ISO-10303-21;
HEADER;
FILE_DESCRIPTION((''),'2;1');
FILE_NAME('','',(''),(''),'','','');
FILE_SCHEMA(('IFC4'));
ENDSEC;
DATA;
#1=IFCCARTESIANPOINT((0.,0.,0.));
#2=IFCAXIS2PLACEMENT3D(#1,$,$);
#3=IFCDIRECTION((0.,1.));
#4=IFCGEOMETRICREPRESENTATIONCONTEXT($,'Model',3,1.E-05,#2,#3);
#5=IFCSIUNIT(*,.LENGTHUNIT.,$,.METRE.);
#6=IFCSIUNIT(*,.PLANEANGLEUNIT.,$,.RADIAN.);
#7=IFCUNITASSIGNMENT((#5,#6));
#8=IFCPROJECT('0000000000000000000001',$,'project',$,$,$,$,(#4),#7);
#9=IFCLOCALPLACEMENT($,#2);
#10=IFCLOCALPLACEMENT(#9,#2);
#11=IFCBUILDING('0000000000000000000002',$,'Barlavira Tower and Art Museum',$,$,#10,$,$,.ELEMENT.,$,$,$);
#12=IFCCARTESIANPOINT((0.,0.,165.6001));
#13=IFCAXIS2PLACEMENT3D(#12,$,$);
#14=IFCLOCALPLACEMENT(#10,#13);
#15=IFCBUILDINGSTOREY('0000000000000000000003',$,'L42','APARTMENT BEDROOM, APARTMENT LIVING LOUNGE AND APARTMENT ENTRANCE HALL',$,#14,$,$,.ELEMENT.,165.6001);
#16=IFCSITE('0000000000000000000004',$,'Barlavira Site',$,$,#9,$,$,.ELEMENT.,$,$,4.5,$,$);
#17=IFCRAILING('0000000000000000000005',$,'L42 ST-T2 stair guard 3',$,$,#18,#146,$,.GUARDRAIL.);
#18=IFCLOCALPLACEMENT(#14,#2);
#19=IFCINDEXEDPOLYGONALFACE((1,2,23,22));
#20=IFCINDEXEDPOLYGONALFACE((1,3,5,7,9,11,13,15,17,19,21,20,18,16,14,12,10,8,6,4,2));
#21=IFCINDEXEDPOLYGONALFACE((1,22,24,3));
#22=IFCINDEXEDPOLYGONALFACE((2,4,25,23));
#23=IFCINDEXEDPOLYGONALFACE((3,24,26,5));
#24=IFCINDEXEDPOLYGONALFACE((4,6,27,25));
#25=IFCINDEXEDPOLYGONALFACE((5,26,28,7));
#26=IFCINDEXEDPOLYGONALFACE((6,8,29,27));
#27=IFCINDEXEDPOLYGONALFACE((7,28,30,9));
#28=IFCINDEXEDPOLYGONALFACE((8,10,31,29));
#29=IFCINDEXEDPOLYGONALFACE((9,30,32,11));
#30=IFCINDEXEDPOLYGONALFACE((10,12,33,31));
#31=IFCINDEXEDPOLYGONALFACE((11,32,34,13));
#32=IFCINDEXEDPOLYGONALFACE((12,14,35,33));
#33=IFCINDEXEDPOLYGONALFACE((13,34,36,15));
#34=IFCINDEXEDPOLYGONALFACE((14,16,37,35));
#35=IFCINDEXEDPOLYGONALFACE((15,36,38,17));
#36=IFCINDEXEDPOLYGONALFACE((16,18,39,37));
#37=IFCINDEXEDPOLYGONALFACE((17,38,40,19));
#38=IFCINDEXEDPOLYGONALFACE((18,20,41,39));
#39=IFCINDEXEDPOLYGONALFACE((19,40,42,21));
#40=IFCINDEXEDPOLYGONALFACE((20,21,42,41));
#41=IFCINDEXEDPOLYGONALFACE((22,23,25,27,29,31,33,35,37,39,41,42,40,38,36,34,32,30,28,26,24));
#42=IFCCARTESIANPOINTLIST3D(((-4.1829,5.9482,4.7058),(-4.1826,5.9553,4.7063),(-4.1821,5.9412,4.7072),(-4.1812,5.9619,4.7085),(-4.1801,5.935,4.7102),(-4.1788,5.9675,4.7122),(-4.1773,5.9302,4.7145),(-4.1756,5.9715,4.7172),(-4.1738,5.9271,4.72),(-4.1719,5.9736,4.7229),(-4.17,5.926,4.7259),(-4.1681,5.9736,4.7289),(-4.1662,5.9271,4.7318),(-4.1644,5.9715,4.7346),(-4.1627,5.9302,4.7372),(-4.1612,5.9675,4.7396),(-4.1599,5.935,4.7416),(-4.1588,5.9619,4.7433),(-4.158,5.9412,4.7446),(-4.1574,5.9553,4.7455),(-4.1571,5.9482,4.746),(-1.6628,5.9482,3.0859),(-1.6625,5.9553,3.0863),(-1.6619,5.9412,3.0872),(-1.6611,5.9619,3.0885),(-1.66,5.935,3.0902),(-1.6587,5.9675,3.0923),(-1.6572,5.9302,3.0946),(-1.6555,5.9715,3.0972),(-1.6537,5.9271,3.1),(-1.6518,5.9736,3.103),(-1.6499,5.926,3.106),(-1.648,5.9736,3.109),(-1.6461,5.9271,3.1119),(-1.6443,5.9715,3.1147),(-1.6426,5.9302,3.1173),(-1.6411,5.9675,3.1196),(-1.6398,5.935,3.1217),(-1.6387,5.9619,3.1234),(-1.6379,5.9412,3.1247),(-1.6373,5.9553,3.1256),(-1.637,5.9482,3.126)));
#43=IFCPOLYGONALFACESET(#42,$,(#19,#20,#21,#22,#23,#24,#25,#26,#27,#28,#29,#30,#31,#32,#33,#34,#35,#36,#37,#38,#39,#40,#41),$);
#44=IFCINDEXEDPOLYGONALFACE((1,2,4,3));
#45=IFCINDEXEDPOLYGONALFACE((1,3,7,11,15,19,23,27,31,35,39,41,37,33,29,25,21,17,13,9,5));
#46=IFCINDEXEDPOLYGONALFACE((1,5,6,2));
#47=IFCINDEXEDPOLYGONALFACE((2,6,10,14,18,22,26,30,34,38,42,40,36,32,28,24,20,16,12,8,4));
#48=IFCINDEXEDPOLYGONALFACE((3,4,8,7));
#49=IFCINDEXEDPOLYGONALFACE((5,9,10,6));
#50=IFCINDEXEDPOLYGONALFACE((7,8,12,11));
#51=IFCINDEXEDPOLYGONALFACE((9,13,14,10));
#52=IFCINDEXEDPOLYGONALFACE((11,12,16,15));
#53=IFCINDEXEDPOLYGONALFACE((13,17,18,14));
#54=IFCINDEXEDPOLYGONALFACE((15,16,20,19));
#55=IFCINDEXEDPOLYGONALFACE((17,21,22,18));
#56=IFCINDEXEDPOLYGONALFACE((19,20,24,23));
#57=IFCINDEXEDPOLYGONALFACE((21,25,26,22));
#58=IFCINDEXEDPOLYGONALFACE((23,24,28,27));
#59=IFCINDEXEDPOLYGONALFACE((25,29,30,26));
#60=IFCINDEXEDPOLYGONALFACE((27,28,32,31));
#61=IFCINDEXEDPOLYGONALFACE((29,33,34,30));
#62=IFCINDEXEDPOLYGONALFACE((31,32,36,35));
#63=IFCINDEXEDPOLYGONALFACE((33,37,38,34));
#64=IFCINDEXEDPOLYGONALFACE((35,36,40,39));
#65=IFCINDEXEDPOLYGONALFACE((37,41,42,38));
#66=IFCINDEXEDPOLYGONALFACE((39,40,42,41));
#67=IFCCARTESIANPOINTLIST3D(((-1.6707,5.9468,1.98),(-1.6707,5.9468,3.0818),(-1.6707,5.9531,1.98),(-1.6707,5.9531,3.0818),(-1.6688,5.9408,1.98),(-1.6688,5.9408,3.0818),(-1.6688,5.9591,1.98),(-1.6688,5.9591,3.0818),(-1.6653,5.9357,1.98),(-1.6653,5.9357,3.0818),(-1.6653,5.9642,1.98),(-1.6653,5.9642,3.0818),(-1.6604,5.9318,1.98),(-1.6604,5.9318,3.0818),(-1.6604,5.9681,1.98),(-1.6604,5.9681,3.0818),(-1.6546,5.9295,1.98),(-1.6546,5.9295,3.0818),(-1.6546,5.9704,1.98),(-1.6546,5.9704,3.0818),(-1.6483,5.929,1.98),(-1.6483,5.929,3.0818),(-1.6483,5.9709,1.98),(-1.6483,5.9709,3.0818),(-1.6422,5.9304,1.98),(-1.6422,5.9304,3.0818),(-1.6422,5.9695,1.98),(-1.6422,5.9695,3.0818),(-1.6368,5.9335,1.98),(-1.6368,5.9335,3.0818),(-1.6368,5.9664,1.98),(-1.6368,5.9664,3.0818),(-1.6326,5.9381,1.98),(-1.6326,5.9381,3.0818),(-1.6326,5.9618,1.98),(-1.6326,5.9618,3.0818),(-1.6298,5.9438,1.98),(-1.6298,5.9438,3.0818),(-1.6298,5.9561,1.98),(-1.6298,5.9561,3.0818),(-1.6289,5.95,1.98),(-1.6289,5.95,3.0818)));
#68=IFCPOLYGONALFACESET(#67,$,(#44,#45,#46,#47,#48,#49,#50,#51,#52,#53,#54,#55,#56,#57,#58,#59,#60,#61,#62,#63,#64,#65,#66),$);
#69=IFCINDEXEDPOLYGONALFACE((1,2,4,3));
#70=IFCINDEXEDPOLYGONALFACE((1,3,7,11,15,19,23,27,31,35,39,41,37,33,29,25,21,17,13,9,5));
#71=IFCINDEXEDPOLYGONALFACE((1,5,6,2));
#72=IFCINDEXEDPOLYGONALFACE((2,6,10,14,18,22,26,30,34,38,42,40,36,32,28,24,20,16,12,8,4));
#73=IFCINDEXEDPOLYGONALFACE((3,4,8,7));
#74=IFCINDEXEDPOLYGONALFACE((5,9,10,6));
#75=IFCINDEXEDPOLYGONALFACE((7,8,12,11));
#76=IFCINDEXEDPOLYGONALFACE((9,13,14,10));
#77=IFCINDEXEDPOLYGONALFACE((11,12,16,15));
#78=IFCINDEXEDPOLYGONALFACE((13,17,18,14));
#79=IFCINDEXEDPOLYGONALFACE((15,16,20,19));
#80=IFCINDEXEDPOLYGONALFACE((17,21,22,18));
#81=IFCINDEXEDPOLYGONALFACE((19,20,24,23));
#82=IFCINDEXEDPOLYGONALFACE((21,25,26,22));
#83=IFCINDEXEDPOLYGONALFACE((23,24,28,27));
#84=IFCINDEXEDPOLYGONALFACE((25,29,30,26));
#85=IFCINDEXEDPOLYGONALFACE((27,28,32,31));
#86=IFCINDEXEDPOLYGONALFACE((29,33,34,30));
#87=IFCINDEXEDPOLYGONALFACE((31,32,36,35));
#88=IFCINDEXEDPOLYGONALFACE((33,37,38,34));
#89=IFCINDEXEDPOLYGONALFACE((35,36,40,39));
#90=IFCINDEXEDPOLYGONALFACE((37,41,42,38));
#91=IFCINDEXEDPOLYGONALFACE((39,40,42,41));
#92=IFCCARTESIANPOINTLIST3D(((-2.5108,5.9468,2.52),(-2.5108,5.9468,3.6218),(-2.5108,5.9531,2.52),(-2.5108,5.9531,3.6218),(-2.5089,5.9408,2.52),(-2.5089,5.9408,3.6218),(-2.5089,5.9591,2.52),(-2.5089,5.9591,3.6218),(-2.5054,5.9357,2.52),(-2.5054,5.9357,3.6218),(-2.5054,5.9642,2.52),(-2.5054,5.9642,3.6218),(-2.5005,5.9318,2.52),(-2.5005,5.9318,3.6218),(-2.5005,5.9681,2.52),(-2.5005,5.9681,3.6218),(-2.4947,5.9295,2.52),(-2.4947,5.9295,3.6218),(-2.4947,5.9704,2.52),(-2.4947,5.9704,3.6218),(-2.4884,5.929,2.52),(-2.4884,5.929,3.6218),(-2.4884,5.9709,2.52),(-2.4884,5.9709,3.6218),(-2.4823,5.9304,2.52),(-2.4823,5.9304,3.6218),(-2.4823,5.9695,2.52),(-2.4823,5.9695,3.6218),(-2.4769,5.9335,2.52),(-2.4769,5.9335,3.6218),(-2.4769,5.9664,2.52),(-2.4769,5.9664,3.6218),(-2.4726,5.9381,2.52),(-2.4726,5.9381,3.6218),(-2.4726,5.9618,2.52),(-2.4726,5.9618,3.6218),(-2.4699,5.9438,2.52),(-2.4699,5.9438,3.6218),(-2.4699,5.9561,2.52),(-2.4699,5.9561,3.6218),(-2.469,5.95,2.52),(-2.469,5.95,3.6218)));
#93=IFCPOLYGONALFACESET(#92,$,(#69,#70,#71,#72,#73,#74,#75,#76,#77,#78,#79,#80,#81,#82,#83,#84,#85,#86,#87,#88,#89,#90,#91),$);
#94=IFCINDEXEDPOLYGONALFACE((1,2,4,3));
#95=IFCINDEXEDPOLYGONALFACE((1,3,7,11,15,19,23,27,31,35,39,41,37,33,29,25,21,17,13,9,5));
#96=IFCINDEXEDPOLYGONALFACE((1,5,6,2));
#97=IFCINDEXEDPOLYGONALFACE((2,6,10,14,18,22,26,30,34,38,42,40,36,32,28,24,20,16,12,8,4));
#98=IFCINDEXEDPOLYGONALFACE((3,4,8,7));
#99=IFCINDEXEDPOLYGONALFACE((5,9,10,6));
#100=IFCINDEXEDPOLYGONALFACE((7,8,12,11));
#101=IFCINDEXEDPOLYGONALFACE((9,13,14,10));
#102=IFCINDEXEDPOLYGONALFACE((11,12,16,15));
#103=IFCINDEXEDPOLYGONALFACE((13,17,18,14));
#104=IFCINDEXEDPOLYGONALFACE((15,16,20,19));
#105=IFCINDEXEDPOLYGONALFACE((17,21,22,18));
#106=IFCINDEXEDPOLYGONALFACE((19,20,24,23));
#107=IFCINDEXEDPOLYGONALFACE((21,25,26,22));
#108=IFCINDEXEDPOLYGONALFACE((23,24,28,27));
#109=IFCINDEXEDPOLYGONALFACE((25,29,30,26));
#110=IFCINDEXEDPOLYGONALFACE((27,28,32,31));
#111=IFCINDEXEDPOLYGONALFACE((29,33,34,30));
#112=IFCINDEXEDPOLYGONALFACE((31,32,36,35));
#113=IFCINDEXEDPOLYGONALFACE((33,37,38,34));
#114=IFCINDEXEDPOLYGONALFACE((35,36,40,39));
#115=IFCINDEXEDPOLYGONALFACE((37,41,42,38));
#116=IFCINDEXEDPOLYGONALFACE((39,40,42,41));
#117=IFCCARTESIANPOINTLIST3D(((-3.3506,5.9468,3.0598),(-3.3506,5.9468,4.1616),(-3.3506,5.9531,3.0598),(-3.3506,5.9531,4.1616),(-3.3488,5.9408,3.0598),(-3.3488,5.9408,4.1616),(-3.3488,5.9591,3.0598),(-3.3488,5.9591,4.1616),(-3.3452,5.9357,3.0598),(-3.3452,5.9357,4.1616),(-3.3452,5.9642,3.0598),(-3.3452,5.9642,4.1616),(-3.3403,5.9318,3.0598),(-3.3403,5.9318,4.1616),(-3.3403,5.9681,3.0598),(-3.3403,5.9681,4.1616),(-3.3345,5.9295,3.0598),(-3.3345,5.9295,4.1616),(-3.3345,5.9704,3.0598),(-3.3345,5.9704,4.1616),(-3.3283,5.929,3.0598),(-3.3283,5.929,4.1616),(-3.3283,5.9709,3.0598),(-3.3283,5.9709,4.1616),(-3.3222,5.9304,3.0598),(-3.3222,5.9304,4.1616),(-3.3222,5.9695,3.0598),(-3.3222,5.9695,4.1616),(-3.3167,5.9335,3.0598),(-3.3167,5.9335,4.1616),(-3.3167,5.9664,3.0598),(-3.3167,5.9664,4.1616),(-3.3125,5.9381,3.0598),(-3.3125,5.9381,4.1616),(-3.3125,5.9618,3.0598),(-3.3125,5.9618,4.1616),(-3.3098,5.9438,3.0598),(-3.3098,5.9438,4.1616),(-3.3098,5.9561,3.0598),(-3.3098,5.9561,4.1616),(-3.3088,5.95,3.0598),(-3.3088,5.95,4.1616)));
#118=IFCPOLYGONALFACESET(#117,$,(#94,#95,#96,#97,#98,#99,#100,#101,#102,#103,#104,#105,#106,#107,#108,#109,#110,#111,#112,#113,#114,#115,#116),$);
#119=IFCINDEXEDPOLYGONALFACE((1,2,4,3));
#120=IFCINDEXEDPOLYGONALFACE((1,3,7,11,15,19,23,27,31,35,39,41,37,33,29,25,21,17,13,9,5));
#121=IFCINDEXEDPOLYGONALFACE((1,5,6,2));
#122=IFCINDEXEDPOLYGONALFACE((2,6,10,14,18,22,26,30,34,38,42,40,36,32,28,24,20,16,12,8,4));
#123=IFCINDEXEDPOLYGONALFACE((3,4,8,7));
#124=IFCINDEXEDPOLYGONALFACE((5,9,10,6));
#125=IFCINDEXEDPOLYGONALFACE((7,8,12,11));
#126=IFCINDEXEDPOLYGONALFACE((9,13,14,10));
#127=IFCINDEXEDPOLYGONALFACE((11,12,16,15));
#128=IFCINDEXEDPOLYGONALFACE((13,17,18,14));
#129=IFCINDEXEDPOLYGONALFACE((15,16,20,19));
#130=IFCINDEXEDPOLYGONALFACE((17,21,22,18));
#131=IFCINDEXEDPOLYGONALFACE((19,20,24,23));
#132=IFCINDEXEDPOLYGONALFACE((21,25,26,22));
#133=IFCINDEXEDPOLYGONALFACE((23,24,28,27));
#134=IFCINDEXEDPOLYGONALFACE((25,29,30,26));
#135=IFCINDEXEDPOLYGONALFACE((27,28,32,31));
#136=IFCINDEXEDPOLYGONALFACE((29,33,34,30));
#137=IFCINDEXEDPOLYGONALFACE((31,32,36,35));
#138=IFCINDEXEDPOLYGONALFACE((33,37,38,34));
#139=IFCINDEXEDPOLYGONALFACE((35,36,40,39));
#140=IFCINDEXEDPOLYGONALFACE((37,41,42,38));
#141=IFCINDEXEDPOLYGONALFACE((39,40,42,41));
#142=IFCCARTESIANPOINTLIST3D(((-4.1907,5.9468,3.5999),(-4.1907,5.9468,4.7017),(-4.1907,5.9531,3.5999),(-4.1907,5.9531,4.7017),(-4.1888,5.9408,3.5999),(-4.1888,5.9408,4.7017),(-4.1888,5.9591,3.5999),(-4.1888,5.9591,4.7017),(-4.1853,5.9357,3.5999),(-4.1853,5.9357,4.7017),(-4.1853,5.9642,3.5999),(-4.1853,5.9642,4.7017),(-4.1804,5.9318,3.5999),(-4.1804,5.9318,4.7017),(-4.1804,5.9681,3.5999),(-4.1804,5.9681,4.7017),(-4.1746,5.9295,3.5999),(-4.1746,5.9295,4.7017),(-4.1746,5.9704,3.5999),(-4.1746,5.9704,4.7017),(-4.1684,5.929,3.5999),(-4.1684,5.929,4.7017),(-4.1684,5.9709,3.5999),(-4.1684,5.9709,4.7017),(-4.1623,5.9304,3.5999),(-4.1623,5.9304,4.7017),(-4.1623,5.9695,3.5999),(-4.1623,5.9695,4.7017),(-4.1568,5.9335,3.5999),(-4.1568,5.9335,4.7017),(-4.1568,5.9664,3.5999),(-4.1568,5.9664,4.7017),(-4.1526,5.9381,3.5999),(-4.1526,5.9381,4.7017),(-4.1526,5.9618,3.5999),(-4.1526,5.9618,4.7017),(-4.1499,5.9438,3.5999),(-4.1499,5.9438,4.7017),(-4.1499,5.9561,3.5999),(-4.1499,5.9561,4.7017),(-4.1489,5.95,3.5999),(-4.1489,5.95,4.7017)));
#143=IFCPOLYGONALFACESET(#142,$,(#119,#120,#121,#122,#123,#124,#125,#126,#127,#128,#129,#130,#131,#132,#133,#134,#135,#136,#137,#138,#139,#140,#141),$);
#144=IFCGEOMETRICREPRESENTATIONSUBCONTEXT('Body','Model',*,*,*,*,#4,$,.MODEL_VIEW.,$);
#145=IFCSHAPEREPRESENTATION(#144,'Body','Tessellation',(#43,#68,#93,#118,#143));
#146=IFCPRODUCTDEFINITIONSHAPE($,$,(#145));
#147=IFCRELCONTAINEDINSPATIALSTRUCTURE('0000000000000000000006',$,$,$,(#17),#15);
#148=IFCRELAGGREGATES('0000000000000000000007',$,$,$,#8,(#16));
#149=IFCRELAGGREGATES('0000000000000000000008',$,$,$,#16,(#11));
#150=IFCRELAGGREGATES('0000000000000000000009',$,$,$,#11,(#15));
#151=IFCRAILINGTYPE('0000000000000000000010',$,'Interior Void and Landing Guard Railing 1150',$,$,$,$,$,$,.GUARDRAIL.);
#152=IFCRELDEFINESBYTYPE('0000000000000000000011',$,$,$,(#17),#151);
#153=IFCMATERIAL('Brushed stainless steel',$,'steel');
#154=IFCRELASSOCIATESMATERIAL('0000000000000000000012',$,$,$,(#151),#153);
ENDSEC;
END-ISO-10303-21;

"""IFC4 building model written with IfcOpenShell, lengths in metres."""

from ifc_helpers import new_model, si_unit, direction, frame, origin, origin_2d, place, context, subcontext, project, spatial, circle, extrude, material, type_object, element, save


model = new_model("IFC4")

# Units and contexts
model_context = context("Model", 3, precision=1e-05, world=origin(), true_north=direction((0.0, 1.0)))
body_context = subcontext(model_context, "Body", "Model", "MODEL_VIEW")
ifc_project = project(units=[si_unit("LENGTHUNIT", "METRE"), si_unit("PLANEANGLEUNIT", "RADIAN")], contexts=[model_context])

# Site, building, storey
site_placement = place(None, origin())
site = spatial("IfcSite", under=ifc_project, at=site_placement, Name="Barlavira Site", CompositionType="ELEMENT", RefElevation=4.5)
building_placement = place(site_placement, origin())
building = spatial("IfcBuilding", under=site, at=building_placement, Name="Barlavira Tower and Art Museum", CompositionType="ELEMENT")
storey_placement = place(building_placement, frame((0.0, 0.0, 165.6001)))
storey = spatial("IfcBuildingStorey", under=building, at=storey_placement, Name="L42", Description="APARTMENT BEDROOM, APARTMENT LIVING LOUNGE AND APARTMENT ENTRANCE HALL", CompositionType="ELEMENT", Elevation=165.6001)

# Shared definitions
ifc_material_1 = material(Name="Brushed stainless steel", Category="steel")

# Railing
railing_type_1 = type_object("IfcRailingType", Name="Interior Void and Landing Guard Railing 1150", PredefinedType="GUARDRAIL", material=ifc_material_1)
railing_1_placement = place(storey_placement, frame((-1.6499, 5.95, 1.98)))
element("IfcRailing", 1, at=railing_1_placement, inside=storey, type_object=railing_type_1, Name="L42 ST-T2 stair guard 3", PredefinedType="GUARDRAIL", context=body_context, shape_type="SweptSolid", body=[
    extrude(circle(Radius=0.0239, at=origin_2d()), frame((0.0, 0.0, 1.126), z_axis=(-0.8412, 0.0, 0.540725), x_axis=(0.0, -1.0, 0.0)), (0.0, 0.0, 1.0), 2.9958),
    extrude(circle(Radius=0.021, at=origin_2d()), origin(), (0.0, 0.0, 1.0), 1.1018),
    extrude(circle(Radius=0.021, at=origin_2d()), frame((-0.8401, 0.0, 0.54)), (0.0, 0.0, 1.0), 1.1018),
    extrude(circle(Radius=0.021, at=origin_2d()), frame((-1.6799, 0.0, 1.0798)), (0.0, 0.0, 1.0), 1.1018),
    extrude(circle(Radius=0.021, at=origin_2d()), frame((-2.52, 0.0, 1.6199)), (0.0, 0.0, 1.0), 1.1018),
])

save(model, "model.ifc")
